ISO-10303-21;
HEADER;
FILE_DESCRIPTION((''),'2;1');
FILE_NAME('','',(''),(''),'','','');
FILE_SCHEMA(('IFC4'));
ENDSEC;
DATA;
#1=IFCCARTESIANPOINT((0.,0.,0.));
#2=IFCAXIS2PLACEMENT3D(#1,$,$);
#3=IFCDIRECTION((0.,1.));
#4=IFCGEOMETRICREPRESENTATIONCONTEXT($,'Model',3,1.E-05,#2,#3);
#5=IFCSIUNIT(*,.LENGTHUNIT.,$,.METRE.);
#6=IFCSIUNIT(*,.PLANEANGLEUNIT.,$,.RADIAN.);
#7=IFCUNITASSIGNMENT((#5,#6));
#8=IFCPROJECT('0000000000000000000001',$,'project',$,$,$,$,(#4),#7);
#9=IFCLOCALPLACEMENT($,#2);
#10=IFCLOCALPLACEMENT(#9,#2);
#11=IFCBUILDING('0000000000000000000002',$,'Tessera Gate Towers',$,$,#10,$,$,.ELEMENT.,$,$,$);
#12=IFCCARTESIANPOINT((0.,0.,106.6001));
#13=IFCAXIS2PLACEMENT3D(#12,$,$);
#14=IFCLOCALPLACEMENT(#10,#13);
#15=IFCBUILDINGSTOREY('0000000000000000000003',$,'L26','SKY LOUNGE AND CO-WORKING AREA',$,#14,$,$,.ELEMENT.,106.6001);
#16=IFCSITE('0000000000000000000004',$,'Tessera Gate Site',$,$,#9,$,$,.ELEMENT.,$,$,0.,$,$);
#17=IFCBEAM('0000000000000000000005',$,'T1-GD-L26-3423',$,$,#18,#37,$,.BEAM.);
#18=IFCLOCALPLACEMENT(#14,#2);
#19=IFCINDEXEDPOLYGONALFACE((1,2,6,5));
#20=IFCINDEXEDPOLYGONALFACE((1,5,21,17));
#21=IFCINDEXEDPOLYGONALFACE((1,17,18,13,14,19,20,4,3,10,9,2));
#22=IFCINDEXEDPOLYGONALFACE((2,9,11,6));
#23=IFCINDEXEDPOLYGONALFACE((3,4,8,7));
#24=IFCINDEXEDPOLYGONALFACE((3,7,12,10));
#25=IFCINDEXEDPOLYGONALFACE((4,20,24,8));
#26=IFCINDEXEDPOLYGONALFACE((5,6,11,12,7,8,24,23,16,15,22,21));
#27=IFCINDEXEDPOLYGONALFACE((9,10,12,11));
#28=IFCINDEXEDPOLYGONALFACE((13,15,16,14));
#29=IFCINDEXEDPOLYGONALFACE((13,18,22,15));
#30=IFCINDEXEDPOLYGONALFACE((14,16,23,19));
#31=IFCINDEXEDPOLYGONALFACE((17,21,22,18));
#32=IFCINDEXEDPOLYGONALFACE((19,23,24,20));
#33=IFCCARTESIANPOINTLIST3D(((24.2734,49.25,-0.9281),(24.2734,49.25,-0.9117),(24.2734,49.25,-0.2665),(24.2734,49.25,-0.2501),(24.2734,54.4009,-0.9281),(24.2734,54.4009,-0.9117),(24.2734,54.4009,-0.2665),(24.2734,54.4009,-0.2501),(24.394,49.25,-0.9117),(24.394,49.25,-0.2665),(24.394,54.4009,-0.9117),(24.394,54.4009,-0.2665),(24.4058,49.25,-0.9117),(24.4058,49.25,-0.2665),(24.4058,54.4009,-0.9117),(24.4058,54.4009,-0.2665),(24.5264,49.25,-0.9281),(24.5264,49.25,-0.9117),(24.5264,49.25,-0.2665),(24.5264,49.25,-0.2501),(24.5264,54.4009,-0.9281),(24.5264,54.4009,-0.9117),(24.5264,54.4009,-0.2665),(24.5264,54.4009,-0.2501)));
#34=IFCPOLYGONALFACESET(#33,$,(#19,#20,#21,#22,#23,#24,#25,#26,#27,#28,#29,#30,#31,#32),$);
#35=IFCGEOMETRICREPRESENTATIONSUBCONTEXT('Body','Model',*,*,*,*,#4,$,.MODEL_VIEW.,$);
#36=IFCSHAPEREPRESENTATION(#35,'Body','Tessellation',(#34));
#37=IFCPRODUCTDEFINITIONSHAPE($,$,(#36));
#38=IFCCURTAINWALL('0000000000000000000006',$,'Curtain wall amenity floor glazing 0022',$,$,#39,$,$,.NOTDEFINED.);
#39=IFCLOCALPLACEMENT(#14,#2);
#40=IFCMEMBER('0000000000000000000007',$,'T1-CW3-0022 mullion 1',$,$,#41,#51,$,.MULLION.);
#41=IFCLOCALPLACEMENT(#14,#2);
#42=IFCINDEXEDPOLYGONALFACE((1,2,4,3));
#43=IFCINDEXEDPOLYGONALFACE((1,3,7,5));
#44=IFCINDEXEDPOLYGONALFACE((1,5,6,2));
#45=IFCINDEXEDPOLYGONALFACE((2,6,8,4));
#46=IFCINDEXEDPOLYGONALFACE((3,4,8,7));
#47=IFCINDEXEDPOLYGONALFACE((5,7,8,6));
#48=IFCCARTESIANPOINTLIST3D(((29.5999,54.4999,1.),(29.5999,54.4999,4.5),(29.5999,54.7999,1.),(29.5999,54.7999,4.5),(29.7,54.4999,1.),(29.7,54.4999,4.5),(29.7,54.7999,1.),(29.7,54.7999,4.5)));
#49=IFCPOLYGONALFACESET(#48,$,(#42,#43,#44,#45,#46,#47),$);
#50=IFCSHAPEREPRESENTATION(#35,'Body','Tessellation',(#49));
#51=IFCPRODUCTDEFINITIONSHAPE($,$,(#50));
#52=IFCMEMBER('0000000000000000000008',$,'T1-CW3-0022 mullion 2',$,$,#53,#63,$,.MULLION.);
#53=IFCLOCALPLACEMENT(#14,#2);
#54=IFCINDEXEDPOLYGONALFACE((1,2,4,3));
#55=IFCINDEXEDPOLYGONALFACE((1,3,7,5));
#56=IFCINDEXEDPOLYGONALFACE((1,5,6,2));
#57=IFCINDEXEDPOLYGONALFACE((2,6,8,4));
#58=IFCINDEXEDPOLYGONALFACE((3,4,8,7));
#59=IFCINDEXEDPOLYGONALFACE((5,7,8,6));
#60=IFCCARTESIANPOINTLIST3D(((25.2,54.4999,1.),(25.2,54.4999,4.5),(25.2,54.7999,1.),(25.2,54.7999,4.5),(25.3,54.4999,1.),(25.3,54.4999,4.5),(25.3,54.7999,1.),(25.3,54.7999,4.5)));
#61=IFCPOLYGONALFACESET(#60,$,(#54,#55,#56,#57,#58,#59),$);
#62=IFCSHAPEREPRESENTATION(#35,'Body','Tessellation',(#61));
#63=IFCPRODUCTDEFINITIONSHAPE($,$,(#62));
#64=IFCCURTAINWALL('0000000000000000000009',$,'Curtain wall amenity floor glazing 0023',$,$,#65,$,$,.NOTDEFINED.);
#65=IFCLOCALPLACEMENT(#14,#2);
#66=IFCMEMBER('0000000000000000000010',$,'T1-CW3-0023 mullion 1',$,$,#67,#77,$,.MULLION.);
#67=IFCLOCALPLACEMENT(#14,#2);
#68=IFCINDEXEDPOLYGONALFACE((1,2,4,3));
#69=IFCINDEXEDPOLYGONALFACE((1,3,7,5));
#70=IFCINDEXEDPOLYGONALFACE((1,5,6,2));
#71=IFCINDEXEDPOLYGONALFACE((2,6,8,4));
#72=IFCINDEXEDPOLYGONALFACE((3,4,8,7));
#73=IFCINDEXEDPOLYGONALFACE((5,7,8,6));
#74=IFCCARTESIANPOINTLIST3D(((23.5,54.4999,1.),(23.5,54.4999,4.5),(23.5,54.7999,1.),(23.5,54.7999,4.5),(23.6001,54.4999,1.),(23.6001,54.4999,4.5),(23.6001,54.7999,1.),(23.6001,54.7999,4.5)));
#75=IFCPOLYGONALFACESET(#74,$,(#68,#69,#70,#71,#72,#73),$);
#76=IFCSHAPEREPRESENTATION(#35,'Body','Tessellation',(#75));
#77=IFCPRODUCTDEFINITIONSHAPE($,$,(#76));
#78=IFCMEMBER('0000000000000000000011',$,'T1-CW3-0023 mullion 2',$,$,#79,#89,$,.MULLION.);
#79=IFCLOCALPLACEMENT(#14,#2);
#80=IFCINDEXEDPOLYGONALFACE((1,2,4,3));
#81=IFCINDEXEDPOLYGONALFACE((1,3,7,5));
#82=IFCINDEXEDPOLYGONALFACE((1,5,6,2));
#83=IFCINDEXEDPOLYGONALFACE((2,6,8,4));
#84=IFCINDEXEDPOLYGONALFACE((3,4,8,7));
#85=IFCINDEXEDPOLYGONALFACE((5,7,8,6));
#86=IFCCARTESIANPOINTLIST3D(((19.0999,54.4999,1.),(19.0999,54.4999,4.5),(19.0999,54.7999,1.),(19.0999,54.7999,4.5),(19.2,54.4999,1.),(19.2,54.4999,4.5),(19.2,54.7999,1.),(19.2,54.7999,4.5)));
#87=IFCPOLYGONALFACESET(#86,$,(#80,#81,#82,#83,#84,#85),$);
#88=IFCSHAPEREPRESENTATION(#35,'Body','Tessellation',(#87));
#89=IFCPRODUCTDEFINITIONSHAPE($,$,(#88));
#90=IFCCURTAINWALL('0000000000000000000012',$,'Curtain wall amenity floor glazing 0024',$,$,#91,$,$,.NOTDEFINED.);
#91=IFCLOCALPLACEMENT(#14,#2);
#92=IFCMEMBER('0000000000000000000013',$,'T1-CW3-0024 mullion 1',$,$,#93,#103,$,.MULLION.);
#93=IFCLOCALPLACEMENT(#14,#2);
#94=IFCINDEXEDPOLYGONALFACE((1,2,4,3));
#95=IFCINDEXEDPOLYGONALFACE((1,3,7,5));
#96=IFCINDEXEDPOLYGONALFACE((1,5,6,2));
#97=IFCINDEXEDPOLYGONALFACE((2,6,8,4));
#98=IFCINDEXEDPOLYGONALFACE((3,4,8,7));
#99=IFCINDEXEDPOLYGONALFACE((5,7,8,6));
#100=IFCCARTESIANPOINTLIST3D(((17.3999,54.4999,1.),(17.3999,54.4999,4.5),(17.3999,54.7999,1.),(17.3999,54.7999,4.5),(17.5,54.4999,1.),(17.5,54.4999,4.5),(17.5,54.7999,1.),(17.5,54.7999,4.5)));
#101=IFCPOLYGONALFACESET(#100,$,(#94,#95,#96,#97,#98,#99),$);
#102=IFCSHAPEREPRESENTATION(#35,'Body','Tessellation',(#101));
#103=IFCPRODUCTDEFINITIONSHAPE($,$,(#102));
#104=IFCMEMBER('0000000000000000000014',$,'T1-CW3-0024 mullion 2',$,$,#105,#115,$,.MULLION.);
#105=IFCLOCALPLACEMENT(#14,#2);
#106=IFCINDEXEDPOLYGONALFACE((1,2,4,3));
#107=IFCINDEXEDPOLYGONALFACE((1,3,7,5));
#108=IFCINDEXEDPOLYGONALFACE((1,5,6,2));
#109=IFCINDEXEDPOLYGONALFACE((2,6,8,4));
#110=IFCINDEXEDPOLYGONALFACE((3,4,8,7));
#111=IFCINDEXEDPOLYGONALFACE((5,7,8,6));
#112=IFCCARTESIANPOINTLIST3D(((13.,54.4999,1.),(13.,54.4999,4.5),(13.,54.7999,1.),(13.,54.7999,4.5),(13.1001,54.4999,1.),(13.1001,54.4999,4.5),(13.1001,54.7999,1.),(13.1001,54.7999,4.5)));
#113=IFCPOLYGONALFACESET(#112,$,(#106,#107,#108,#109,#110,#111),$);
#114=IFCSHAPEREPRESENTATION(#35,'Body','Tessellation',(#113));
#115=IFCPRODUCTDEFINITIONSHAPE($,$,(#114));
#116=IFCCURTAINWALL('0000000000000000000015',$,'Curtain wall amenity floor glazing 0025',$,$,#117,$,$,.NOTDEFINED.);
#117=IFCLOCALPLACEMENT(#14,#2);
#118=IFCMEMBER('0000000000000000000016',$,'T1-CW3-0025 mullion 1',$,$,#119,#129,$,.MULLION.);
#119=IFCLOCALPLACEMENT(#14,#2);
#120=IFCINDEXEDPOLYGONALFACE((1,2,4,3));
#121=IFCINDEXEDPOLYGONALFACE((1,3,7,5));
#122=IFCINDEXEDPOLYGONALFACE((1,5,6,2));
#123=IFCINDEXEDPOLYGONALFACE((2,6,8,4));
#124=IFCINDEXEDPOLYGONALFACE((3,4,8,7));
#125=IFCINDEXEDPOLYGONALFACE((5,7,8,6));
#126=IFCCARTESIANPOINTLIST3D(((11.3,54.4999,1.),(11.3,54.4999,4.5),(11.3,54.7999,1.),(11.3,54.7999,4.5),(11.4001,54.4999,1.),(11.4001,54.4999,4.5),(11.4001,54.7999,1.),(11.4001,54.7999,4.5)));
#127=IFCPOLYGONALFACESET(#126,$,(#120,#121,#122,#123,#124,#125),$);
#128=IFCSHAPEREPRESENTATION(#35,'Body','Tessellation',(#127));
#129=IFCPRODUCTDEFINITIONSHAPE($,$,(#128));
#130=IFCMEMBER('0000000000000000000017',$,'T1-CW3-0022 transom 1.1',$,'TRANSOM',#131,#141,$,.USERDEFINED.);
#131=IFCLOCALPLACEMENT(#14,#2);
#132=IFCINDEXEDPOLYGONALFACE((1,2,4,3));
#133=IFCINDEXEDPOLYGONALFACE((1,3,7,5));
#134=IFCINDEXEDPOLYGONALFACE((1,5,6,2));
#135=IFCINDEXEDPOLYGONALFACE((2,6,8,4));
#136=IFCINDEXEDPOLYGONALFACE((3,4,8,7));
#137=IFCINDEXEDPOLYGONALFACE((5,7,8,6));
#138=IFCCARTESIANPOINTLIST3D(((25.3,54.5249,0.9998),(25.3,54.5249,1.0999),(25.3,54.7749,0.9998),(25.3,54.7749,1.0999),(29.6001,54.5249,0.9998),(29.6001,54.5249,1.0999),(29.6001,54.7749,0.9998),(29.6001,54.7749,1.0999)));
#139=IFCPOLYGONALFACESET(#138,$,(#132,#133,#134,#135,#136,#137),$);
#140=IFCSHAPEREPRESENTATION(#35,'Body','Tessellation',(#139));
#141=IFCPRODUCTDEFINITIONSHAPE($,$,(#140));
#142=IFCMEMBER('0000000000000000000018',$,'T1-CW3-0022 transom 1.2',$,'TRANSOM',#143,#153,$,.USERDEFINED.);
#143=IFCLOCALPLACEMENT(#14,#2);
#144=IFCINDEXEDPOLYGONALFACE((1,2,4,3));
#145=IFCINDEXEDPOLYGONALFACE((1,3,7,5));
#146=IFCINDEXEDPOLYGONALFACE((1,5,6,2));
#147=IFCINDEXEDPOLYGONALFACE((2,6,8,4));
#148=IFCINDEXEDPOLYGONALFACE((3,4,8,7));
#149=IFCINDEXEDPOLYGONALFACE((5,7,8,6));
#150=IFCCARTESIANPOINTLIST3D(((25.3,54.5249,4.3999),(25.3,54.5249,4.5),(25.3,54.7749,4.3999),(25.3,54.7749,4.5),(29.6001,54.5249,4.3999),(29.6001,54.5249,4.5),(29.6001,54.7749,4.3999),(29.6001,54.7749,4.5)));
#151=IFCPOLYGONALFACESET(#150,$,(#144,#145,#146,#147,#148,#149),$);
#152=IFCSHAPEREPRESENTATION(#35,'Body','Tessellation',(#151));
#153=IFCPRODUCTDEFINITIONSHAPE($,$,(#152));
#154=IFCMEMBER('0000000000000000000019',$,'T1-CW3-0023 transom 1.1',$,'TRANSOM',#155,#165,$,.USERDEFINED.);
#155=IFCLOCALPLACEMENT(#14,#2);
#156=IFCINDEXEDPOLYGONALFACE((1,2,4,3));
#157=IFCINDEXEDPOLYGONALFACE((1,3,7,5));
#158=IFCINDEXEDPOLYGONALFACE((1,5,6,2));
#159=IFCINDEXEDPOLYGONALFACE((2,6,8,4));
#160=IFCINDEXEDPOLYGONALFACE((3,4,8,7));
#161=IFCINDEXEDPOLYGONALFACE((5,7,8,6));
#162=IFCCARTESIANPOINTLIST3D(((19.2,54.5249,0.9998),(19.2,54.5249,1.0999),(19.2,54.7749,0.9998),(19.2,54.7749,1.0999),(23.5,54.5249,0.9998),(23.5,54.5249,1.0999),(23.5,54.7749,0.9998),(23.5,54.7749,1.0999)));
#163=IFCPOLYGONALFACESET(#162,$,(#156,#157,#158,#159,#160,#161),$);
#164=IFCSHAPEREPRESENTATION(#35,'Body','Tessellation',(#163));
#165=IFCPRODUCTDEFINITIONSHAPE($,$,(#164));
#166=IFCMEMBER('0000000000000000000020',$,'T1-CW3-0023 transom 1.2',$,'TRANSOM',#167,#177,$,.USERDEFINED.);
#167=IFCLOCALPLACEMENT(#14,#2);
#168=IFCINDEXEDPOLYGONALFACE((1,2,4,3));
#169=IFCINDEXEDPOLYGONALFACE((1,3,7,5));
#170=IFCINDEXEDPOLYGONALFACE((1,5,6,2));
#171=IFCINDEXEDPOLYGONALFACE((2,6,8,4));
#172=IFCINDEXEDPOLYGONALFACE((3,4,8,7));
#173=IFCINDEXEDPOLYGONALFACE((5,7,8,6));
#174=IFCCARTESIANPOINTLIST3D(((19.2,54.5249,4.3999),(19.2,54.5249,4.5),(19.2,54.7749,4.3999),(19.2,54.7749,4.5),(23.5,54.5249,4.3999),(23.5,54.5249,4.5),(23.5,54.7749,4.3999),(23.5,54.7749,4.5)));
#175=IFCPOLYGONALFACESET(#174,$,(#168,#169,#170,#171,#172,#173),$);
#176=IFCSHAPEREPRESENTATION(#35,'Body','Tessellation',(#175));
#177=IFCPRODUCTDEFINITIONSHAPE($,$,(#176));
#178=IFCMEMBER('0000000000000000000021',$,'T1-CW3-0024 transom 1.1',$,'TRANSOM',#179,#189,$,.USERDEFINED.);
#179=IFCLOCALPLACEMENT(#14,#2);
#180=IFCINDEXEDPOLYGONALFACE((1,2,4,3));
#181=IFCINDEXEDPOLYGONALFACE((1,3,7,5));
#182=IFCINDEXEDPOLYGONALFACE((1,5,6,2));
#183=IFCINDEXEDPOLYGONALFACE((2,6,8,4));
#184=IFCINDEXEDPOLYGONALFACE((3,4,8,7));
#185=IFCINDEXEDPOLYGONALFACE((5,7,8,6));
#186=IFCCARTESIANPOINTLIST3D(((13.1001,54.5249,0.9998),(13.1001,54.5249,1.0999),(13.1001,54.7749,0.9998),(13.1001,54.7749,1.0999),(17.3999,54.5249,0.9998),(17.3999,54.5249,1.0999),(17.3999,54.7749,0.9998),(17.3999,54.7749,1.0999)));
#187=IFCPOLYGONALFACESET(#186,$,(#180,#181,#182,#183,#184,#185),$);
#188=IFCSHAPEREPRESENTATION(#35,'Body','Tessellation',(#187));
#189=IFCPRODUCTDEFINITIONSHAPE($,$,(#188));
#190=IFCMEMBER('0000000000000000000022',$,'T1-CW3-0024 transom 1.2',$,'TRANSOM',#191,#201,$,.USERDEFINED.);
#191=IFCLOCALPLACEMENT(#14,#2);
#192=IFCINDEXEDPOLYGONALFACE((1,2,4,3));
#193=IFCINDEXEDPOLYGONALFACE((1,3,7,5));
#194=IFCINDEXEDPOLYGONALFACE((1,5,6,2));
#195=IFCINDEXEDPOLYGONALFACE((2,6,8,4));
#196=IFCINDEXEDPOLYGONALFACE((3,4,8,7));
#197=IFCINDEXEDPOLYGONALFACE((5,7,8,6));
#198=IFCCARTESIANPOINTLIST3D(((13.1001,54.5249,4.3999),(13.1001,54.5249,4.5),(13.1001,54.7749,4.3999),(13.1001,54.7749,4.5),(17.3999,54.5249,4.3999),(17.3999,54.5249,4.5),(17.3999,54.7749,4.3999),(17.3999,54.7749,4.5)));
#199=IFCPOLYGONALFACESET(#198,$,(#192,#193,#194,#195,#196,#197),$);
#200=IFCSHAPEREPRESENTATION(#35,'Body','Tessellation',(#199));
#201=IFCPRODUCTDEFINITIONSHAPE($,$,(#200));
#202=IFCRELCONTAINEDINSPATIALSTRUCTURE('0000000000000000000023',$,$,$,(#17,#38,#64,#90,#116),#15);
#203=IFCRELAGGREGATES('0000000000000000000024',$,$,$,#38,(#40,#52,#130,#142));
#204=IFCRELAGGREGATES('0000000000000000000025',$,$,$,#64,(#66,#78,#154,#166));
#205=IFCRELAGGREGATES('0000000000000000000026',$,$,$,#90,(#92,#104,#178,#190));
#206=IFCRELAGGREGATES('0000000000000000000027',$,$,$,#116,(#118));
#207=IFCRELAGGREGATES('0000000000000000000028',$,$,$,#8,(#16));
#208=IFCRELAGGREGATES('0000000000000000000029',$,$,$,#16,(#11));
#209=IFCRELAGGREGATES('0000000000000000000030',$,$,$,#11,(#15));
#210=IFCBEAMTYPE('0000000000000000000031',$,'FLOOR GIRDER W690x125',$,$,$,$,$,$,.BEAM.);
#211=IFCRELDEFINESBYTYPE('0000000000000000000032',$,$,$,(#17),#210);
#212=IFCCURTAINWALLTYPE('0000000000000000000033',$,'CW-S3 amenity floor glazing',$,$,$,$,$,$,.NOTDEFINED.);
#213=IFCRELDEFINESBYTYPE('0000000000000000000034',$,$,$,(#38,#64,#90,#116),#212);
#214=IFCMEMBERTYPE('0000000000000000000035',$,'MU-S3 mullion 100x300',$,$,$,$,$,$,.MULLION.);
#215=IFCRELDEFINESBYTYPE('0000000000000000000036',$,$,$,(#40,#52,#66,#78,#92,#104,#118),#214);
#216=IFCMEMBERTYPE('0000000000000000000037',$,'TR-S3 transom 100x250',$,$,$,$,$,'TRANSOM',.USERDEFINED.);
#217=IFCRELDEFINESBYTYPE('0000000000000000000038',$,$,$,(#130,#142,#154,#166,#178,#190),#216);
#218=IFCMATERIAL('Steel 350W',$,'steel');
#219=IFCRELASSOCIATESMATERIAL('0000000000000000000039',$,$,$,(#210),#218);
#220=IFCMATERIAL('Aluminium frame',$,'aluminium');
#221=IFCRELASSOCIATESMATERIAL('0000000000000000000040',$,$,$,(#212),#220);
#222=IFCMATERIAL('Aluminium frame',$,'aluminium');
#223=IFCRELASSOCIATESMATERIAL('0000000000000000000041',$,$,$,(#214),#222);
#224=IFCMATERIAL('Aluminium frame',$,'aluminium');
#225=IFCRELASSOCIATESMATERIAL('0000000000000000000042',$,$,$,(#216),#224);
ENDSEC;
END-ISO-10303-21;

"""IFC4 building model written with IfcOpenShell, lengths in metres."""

from ifc_helpers import new_model, si_unit, direction, frame, origin, origin_2d, place, context, subcontext, project, spatial, rectangle, i_section, extrude, material, material_profile, profile_set, type_object, element, aggregate, save


model = new_model("IFC4")

# Units and contexts
model_context = context("Model", 3, precision=1e-05, world=origin(), true_north=direction((0.0, 1.0)))
body_context = subcontext(model_context, "Body", "Model", "MODEL_VIEW")
ifc_project = project(units=[si_unit("LENGTHUNIT", "METRE"), si_unit("PLANEANGLEUNIT", "RADIAN")], contexts=[model_context])

# Site, building, storey
site_placement = place(None, origin())
site = spatial("IfcSite", under=ifc_project, at=site_placement, Name="Tessera Gate Site", CompositionType="ELEMENT", RefElevation=0.0)
building_placement = place(site_placement, origin())
building = spatial("IfcBuilding", under=site, at=building_placement, Name="Tessera Gate Towers", CompositionType="ELEMENT")
storey_placement = place(building_placement, frame((0.0, 0.0, 106.6001)))
storey = spatial("IfcBuildingStorey", under=building, at=storey_placement, Name="L26", Description="SKY LOUNGE AND CO-WORKING AREA", CompositionType="ELEMENT", Elevation=106.6001)

# Beam
ifc_material_1 = material(Name="Steel 350W", Category="steel")
ifc_material_profile_1 = material_profile(ifc_material_1, i_section(OverallWidth=0.2529, OverallDepth=0.678, WebThickness=0.0117, FlangeThickness=0.0164, at=origin_2d()), Name="W690x125")
ifc_profile_set_1 = profile_set([ifc_material_profile_1], Name="Steel 350W")
beam_type = type_object("IfcBeamType", Name="FLOOR GIRDER W690x125", PredefinedType="BEAM", material=ifc_profile_set_1)
beam_placement = place(storey_placement, frame((24.3999, 49.25, -0.5891), z_axis=(0.0, 1.0, 0.0), x_axis=(-1.0, 0.0, 0.0)))
element("IfcBeam", 1, at=beam_placement, inside=storey, type_object=beam_type, Name="T1-GD-L26-3423", PredefinedType="BEAM", context=body_context, shape_type="SweptSolid", body=[
    extrude(i_section(OverallWidth=0.2529, OverallDepth=0.678, WebThickness=0.0117, FlangeThickness=0.0164, at=origin_2d()), origin(), (0.0, 0.0, 1.0), 5.1509),
])

# Curtain walls, members
ifc_material_2 = material(Name="Aluminium frame", Category="aluminium")
curtain_wall_type = type_object("IfcCurtainWallType", Name="CW-S3 amenity floor glazing", PredefinedType="NOTDEFINED", material=ifc_material_2)
curtain_wall_1_placement = place(storey_placement, origin())
curtain_wall_1 = element("IfcCurtainWall", 2, at=curtain_wall_1_placement, inside=storey, type_object=curtain_wall_type, Name="Curtain wall amenity floor glazing 0022", PredefinedType="NOTDEFINED")
ifc_material_3 = material(Name="Aluminium frame", Category="aluminium")
ifc_material_profile_2 = material_profile(ifc_material_3, rectangle(XDim=0.1001, YDim=0.3, at=origin_2d()), Name="AL 100x300")
ifc_profile_set_2 = profile_set([ifc_material_profile_2], Name="Aluminium frame")
member_type_1 = type_object("IfcMemberType", Name="MU-S3 mullion 100x300", PredefinedType="MULLION", material=ifc_profile_set_2)
member_1_placement = place(storey_placement, frame((29.6499, 54.6499, 1.0), z_axis=(0.0, 0.0, 1.0), x_axis=(-1.0, 0.0, 0.0)))
member_1 = element("IfcMember", 3, at=member_1_placement, type_object=member_type_1, Name="T1-CW3-0022 mullion 1", PredefinedType="MULLION", context=body_context, shape_type="SweptSolid", body=[
    extrude(rectangle(XDim=0.1001, YDim=0.3, at=origin_2d()), origin(), (0.0, 0.0, 1.0), 3.5),
])
member_2_placement = place(storey_placement, frame((25.25, 54.6499, 1.0), z_axis=(0.0, 0.0, 1.0), x_axis=(-1.0, 0.0, 0.0)))
member_2 = element("IfcMember", 4, at=member_2_placement, type_object=member_type_1, Name="T1-CW3-0022 mullion 2", PredefinedType="MULLION", context=body_context, shape_type="SweptSolid", body=[
    extrude(rectangle(XDim=0.1001, YDim=0.3, at=origin_2d()), origin(), (0.0, 0.0, 1.0), 3.5),
])
curtain_wall_2_placement = place(storey_placement, origin())
curtain_wall_2 = element("IfcCurtainWall", 5, at=curtain_wall_2_placement, inside=storey, type_object=curtain_wall_type, Name="Curtain wall amenity floor glazing 0023", PredefinedType="NOTDEFINED")
member_3_placement = place(storey_placement, frame((23.55, 54.6499, 1.0), z_axis=(0.0, 0.0, 1.0), x_axis=(-1.0, 0.0, 0.0)))
member_3 = element("IfcMember", 6, at=member_3_placement, type_object=member_type_1, Name="T1-CW3-0023 mullion 1", PredefinedType="MULLION", context=body_context, shape_type="SweptSolid", body=[
    extrude(rectangle(XDim=0.1001, YDim=0.3, at=origin_2d()), origin(), (0.0, 0.0, 1.0), 3.5),
])
member_4_placement = place(storey_placement, frame((19.1499, 54.6499, 1.0), z_axis=(0.0, 0.0, 1.0), x_axis=(-1.0, 0.0, 0.0)))
member_4 = element("IfcMember", 7, at=member_4_placement, type_object=member_type_1, Name="T1-CW3-0023 mullion 2", PredefinedType="MULLION", context=body_context, shape_type="SweptSolid", body=[
    extrude(rectangle(XDim=0.1001, YDim=0.3, at=origin_2d()), origin(), (0.0, 0.0, 1.0), 3.5),
])
curtain_wall_3_placement = place(storey_placement, origin())
curtain_wall_3 = element("IfcCurtainWall", 8, at=curtain_wall_3_placement, inside=storey, type_object=curtain_wall_type, Name="Curtain wall amenity floor glazing 0024", PredefinedType="NOTDEFINED")
member_5_placement = place(storey_placement, frame((17.45, 54.6499, 1.0), z_axis=(0.0, 0.0, 1.0), x_axis=(-1.0, 0.0, 0.0)))
member_5 = element("IfcMember", 9, at=member_5_placement, type_object=member_type_1, Name="T1-CW3-0024 mullion 1", PredefinedType="MULLION", context=body_context, shape_type="SweptSolid", body=[
    extrude(rectangle(XDim=0.1001, YDim=0.3, at=origin_2d()), origin(), (0.0, 0.0, 1.0), 3.5),
])
member_6_placement = place(storey_placement, frame((13.05, 54.6499, 1.0), z_axis=(0.0, 0.0, 1.0), x_axis=(-1.0, 0.0, 0.0)))
member_6 = element("IfcMember", 10, at=member_6_placement, type_object=member_type_1, Name="T1-CW3-0024 mullion 2", PredefinedType="MULLION", context=body_context, shape_type="SweptSolid", body=[
    extrude(rectangle(XDim=0.1001, YDim=0.3, at=origin_2d()), origin(), (0.0, 0.0, 1.0), 3.5),
])

# Curtain wall, member
curtain_wall_4_placement = place(storey_placement, origin())
curtain_wall_4 = element("IfcCurtainWall", 11, at=curtain_wall_4_placement, inside=storey, type_object=curtain_wall_type, Name="Curtain wall amenity floor glazing 0025", PredefinedType="NOTDEFINED")
member_7_placement = place(storey_placement, frame((11.3501, 54.6499, 1.0), z_axis=(0.0, 0.0, 1.0), x_axis=(-1.0, 0.0, 0.0)))
member_7 = element("IfcMember", 12, at=member_7_placement, type_object=member_type_1, Name="T1-CW3-0025 mullion 1", PredefinedType="MULLION", context=body_context, shape_type="SweptSolid", body=[
    extrude(rectangle(XDim=0.1001, YDim=0.3, at=origin_2d()), origin(), (0.0, 0.0, 1.0), 3.5),
])

# Members
ifc_material_4 = material(Name="Aluminium frame", Category="aluminium")
ifc_material_profile_3 = material_profile(ifc_material_4, rectangle(XDim=0.25, YDim=0.1001, at=origin_2d()), Name="AL 100x250")
ifc_profile_set_3 = profile_set([ifc_material_profile_3], Name="Aluminium frame")
member_type_2 = type_object("IfcMemberType", Name="TR-S3 transom 100x250", ElementType="TRANSOM", PredefinedType="USERDEFINED", material=ifc_profile_set_3)
member_8_placement = place(storey_placement, frame((29.6001, 54.6499, 1.0498), z_axis=(-1.0, 0.0, 0.0), x_axis=(0.0, -1.0, 0.0)))
member_8 = element("IfcMember", 13, at=member_8_placement, type_object=member_type_2, Name="T1-CW3-0022 transom 1.1", ObjectType="TRANSOM", PredefinedType="USERDEFINED", context=body_context, shape_type="SweptSolid", body=[
    extrude(rectangle(XDim=0.25, YDim=0.1001, at=origin_2d()), origin(), (0.0, 0.0, 1.0), 4.3),
])
member_9_placement = place(storey_placement, frame((29.6001, 54.6499, 4.45), z_axis=(-1.0, 0.0, 0.0), x_axis=(0.0, -1.0, 0.0)))
member_9 = element("IfcMember", 14, at=member_9_placement, type_object=member_type_2, Name="T1-CW3-0022 transom 1.2", ObjectType="TRANSOM", PredefinedType="USERDEFINED", context=body_context, shape_type="SweptSolid", body=[
    extrude(rectangle(XDim=0.25, YDim=0.1001, at=origin_2d()), origin(), (0.0, 0.0, 1.0), 4.3),
])
member_10_placement = place(storey_placement, frame((23.5, 54.6499, 1.0498), z_axis=(-1.0, 0.0, 0.0), x_axis=(0.0, -1.0, 0.0)))
member_10 = element("IfcMember", 15, at=member_10_placement, type_object=member_type_2, Name="T1-CW3-0023 transom 1.1", ObjectType="TRANSOM", PredefinedType="USERDEFINED", context=body_context, shape_type="SweptSolid", body=[
    extrude(rectangle(XDim=0.25, YDim=0.1001, at=origin_2d()), origin(), (0.0, 0.0, 1.0), 4.3),
])
member_11_placement = place(storey_placement, frame((23.5, 54.6499, 4.45), z_axis=(-1.0, 0.0, 0.0), x_axis=(0.0, -1.0, 0.0)))
member_11 = element("IfcMember", 16, at=member_11_placement, type_object=member_type_2, Name="T1-CW3-0023 transom 1.2", ObjectType="TRANSOM", PredefinedType="USERDEFINED", context=body_context, shape_type="SweptSolid", body=[
    extrude(rectangle(XDim=0.25, YDim=0.1001, at=origin_2d()), origin(), (0.0, 0.0, 1.0), 4.3),
])
member_12_placement = place(storey_placement, frame((17.3999, 54.6499, 1.0498), z_axis=(-1.0, 0.0, 0.0), x_axis=(0.0, -1.0, 0.0)))
member_12 = element("IfcMember", 17, at=member_12_placement, type_object=member_type_2, Name="T1-CW3-0024 transom 1.1", ObjectType="TRANSOM", PredefinedType="USERDEFINED", context=body_context, shape_type="SweptSolid", body=[
    extrude(rectangle(XDim=0.25, YDim=0.1001, at=origin_2d()), origin(), (0.0, 0.0, 1.0), 4.2998),
])
member_13_placement = place(storey_placement, frame((17.3999, 54.6499, 4.45), z_axis=(-1.0, 0.0, 0.0), x_axis=(0.0, -1.0, 0.0)))
member_13 = element("IfcMember", 18, at=member_13_placement, type_object=member_type_2, Name="T1-CW3-0024 transom 1.2", ObjectType="TRANSOM", PredefinedType="USERDEFINED", context=body_context, shape_type="SweptSolid", body=[
    extrude(rectangle(XDim=0.25, YDim=0.1001, at=origin_2d()), origin(), (0.0, 0.0, 1.0), 4.2998),
])

aggregate(curtain_wall_1, [member_1, member_2, member_8, member_9])
aggregate(curtain_wall_2, [member_3, member_4, member_10, member_11])
aggregate(curtain_wall_3, [member_5, member_6, member_12, member_13])
aggregate(curtain_wall_4, [member_7])

save(model, "model.ifc")
